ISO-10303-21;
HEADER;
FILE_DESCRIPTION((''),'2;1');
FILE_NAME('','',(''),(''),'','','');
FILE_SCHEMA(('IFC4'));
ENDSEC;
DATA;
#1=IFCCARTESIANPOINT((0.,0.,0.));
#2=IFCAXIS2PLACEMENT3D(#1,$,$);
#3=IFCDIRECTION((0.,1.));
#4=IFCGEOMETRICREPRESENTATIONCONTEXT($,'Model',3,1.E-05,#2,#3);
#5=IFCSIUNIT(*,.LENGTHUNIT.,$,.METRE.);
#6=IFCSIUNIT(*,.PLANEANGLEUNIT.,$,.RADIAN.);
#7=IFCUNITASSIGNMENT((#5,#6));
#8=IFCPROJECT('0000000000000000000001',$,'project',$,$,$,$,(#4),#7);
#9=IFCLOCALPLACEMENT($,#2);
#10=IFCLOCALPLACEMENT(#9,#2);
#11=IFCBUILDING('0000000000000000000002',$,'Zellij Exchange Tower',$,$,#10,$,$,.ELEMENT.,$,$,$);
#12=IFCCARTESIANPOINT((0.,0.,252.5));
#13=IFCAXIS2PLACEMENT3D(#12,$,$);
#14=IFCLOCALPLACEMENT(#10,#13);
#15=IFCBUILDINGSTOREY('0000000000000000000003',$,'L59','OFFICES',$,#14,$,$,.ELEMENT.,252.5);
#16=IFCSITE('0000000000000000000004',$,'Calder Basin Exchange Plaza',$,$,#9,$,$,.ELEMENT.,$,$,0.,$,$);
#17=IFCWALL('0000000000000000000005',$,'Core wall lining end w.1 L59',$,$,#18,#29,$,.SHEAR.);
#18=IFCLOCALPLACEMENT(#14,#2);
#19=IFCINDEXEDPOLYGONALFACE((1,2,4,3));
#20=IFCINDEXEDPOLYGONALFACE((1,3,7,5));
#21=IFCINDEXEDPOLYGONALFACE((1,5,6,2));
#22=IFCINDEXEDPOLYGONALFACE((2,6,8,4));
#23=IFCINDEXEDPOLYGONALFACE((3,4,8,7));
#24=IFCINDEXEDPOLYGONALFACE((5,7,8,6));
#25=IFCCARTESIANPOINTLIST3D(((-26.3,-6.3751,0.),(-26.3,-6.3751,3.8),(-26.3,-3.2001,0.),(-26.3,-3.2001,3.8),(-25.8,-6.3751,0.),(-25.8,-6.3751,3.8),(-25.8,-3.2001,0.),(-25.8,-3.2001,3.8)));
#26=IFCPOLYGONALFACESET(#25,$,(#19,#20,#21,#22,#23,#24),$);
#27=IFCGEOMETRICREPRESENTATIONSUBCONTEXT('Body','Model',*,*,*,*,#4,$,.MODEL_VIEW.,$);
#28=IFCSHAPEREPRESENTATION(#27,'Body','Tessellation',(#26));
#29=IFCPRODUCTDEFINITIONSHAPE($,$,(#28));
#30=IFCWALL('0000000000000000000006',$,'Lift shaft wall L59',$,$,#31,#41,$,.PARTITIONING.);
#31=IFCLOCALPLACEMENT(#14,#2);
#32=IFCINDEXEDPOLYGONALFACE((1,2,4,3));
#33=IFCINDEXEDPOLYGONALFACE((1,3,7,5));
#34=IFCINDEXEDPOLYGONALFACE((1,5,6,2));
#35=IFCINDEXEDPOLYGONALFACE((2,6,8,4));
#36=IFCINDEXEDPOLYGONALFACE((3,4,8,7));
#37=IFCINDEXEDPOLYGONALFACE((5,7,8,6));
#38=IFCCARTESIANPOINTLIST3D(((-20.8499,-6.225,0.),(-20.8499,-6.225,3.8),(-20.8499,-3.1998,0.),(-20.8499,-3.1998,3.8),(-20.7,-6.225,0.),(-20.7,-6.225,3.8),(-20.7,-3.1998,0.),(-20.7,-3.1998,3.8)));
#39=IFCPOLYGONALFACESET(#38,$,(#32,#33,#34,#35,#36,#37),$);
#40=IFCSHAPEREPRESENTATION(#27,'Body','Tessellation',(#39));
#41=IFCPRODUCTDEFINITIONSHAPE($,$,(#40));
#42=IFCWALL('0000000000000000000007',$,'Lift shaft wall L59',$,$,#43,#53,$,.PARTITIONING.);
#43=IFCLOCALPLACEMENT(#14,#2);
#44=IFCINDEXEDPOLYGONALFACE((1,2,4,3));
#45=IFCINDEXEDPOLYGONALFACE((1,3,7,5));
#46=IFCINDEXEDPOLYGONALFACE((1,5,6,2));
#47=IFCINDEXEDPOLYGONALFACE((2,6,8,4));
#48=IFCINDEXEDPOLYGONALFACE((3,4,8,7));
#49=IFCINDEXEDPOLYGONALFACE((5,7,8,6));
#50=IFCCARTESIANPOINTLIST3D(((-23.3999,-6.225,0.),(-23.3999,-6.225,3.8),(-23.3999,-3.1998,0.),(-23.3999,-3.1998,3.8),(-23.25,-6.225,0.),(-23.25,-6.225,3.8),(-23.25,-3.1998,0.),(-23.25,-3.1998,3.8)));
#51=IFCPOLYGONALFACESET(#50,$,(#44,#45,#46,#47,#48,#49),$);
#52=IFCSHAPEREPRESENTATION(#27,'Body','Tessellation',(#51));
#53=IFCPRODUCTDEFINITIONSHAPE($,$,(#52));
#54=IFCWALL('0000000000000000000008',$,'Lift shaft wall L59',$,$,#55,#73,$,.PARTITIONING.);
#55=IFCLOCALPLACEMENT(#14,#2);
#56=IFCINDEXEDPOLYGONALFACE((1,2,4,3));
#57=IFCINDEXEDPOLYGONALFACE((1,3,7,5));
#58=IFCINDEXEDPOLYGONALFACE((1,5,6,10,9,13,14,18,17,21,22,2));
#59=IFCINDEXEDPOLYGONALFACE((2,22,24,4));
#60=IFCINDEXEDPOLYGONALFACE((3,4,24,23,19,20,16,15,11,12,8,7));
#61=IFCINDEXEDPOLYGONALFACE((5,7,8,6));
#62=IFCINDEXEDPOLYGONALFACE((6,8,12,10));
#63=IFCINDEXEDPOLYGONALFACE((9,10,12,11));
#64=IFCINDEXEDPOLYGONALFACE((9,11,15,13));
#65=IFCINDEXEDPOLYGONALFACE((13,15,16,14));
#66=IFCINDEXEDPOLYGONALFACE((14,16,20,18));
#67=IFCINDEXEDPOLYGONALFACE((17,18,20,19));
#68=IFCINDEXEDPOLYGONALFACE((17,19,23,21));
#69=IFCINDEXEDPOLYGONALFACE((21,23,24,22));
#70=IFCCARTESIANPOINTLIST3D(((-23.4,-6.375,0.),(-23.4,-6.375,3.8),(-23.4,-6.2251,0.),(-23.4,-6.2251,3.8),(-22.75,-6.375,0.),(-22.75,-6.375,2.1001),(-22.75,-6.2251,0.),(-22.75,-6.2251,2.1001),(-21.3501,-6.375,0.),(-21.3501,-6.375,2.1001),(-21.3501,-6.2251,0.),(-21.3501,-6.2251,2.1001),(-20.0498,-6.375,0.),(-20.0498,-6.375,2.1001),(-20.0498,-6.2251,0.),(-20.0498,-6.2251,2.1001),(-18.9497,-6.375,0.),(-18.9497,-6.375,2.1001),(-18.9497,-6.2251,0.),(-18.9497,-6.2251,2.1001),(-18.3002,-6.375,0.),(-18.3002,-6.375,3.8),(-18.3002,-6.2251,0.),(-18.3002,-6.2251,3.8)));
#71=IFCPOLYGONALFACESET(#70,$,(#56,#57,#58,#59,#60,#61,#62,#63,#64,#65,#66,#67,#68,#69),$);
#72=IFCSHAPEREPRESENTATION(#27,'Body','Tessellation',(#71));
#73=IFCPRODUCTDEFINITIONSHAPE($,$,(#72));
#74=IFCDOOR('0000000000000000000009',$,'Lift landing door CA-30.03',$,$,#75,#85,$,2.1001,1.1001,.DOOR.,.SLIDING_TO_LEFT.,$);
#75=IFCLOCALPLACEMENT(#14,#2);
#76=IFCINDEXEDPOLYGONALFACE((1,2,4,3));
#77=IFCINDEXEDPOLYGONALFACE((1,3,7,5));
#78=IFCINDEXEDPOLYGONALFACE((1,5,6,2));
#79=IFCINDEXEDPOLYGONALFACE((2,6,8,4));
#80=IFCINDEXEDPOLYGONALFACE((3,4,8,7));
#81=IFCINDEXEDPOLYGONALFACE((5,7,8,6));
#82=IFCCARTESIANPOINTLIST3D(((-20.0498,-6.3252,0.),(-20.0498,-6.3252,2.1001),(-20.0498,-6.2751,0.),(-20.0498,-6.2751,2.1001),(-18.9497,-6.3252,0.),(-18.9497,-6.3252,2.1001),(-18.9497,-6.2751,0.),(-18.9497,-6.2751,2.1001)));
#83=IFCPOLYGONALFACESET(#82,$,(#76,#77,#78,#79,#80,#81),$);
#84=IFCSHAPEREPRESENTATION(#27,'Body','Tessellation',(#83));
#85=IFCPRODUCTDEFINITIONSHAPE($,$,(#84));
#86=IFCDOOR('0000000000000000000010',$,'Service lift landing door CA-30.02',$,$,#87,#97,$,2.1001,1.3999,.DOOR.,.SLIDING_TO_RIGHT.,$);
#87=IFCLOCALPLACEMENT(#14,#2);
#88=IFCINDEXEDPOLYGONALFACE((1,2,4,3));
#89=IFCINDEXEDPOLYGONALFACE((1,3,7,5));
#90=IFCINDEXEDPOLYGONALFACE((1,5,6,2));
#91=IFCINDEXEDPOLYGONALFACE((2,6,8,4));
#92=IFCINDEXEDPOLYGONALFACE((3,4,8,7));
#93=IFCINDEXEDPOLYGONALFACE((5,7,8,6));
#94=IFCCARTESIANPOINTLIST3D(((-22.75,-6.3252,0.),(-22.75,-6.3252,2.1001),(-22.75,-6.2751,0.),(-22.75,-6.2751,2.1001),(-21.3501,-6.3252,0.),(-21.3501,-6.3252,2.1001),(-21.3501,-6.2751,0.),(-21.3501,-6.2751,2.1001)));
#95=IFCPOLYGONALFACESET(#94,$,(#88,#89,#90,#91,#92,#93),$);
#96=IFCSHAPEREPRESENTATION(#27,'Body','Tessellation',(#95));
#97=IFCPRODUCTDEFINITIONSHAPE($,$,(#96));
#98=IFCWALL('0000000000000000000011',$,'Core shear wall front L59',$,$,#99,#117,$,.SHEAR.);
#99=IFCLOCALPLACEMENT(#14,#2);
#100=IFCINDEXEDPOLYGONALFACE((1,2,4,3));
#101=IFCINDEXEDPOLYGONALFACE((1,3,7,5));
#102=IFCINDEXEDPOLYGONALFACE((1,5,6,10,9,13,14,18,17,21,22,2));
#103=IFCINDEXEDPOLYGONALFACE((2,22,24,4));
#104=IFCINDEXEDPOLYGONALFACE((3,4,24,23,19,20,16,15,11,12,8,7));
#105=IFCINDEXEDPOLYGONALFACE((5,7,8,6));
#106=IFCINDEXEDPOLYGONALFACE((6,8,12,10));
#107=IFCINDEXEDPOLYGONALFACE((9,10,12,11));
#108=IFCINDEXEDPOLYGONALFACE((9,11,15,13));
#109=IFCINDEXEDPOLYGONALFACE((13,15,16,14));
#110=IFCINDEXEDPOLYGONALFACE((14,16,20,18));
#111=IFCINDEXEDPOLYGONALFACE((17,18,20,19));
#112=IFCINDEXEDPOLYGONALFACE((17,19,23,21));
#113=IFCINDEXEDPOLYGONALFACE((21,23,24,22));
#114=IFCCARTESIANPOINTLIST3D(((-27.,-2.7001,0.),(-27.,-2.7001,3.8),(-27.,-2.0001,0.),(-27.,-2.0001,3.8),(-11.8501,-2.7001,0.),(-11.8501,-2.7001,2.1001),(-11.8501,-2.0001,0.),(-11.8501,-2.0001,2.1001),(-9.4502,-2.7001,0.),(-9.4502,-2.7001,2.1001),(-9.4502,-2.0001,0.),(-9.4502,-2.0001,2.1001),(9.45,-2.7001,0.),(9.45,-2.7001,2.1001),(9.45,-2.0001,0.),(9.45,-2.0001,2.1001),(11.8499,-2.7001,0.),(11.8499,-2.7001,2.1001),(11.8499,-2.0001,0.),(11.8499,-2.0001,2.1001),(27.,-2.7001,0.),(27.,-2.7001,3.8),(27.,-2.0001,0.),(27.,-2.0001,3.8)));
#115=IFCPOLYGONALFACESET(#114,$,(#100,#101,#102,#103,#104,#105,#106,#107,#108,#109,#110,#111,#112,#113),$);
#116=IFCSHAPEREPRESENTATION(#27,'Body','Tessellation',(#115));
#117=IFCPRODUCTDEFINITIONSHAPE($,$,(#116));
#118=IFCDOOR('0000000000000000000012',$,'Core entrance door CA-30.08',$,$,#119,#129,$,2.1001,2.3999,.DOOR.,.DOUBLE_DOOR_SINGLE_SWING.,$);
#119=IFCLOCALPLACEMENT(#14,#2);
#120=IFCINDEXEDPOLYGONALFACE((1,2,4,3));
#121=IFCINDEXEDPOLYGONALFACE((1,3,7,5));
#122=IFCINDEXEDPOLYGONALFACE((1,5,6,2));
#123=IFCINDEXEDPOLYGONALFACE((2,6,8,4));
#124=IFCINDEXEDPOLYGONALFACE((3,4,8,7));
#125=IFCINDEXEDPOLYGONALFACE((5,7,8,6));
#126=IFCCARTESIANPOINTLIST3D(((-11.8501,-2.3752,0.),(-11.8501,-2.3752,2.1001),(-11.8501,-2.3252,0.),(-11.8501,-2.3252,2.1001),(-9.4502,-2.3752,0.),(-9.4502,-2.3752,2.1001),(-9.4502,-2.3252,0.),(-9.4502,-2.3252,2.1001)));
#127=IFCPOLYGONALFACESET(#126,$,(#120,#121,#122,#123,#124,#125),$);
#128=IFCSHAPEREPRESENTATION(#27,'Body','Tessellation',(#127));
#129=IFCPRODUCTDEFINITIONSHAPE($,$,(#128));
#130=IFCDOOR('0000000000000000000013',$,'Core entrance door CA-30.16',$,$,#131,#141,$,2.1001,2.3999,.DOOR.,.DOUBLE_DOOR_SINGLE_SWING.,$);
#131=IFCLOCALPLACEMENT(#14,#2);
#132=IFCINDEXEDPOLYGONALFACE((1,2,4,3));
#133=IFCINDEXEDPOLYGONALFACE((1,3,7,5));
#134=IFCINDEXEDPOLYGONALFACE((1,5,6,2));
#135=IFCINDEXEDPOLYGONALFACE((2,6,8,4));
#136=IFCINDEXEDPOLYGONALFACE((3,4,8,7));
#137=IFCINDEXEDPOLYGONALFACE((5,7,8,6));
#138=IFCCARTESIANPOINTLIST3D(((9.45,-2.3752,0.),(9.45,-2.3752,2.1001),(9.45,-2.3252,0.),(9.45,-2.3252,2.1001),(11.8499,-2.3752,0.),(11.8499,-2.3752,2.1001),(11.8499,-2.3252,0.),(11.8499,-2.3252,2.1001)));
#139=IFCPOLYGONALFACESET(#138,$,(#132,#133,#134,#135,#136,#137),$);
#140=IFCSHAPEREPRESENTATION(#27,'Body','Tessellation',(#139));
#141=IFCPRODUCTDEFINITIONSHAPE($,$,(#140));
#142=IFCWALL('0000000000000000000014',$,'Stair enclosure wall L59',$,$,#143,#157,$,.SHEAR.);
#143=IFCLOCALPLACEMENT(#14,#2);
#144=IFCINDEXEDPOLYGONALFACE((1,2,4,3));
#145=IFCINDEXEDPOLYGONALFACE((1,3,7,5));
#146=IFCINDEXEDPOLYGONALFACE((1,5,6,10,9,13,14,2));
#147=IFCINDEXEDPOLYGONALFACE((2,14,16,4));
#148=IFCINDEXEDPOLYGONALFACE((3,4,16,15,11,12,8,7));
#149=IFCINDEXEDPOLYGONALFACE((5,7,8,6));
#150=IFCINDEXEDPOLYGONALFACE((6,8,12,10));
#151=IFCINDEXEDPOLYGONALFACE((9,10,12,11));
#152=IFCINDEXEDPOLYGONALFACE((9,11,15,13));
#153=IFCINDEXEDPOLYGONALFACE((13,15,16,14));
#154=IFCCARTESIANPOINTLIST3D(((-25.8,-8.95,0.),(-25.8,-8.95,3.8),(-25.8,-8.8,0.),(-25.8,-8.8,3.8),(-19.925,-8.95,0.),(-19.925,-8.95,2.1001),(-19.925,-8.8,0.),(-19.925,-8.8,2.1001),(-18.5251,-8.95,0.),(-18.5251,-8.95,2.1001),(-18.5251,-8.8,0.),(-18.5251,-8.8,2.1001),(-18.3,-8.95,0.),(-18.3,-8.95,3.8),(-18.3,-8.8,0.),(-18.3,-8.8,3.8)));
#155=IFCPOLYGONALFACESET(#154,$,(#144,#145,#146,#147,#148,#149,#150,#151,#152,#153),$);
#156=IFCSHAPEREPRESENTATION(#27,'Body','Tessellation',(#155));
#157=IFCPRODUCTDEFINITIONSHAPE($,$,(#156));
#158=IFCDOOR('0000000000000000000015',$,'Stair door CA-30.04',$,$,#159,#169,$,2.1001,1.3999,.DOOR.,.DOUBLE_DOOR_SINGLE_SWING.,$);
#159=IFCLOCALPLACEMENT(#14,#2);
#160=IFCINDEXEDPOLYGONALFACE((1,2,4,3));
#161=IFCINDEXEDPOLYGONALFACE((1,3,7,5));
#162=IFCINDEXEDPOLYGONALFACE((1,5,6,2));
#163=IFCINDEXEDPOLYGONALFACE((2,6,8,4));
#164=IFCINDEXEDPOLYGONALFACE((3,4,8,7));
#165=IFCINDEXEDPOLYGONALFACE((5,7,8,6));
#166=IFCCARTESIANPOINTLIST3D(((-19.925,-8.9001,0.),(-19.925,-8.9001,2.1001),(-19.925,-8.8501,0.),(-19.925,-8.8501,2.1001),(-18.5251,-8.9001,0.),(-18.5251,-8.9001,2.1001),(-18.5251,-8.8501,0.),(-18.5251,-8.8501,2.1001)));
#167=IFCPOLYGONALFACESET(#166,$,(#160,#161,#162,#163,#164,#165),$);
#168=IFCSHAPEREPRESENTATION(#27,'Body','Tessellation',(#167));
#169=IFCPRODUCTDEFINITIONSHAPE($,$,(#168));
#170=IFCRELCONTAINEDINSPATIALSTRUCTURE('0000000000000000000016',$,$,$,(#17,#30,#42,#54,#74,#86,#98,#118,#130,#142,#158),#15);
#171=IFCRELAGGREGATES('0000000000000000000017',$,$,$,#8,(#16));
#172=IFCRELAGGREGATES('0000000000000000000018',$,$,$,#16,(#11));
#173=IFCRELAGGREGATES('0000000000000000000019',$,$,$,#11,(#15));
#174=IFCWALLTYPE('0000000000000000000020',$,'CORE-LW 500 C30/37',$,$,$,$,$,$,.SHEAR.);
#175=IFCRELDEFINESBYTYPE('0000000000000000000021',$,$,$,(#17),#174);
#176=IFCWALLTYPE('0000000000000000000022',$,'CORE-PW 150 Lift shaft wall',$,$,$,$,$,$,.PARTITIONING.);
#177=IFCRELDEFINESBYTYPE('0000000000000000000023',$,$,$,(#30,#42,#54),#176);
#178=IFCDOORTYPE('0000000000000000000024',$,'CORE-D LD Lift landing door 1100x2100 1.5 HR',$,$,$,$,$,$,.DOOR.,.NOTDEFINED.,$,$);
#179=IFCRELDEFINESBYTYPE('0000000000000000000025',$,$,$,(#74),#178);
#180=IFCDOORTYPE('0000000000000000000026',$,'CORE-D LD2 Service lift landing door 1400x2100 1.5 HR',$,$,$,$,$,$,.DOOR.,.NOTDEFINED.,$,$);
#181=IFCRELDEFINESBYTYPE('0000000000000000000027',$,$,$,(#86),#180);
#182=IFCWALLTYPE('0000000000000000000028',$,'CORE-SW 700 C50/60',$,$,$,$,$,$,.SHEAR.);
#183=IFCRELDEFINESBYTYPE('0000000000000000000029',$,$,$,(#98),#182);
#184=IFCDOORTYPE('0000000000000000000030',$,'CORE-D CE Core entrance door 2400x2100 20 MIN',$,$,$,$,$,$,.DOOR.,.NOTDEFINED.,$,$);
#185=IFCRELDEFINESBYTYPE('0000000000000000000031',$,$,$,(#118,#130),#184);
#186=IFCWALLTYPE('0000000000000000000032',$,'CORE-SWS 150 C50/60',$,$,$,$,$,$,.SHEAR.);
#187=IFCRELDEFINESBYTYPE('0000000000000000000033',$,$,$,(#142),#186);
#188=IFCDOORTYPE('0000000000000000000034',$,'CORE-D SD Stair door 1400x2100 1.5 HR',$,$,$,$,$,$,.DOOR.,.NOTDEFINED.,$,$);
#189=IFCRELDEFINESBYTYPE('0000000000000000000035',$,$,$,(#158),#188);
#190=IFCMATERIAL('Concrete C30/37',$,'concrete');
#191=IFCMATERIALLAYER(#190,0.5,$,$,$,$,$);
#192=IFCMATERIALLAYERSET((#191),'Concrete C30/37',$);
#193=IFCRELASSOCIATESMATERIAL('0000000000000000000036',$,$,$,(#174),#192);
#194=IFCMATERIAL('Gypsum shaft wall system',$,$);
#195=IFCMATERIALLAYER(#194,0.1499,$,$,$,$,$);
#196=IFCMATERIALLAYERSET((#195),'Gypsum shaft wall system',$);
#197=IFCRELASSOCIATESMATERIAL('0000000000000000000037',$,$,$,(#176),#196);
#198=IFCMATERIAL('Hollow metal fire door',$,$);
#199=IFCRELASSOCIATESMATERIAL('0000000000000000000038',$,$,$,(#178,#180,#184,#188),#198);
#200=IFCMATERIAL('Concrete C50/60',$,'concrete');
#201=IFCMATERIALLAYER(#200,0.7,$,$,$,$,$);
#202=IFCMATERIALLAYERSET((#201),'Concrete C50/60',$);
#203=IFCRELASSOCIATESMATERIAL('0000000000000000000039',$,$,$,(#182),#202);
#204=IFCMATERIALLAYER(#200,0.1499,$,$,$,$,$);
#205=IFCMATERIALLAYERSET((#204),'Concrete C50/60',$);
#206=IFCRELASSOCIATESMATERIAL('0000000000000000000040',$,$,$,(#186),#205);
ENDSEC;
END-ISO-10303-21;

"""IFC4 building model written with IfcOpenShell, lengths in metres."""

from ifc_helpers import new_model, si_unit, direction, frame, frame_2d, origin, place, context, subcontext, project, spatial, rectangle, extrude, material, layer, layer_set, type_object, element, fill, save


model = new_model("IFC4")

# Units and contexts
model_context = context("Model", 3, precision=1e-05, world=origin(), true_north=direction((0.0, 1.0)))
body_context = subcontext(model_context, "Body", "Model", "MODEL_VIEW")
ifc_project = project(units=[si_unit("LENGTHUNIT", "METRE"), si_unit("PLANEANGLEUNIT", "RADIAN")], contexts=[model_context])

# Site, building, storey
site_placement = place(None, origin())
site = spatial("IfcSite", under=ifc_project, at=site_placement, Name="Calder Basin Exchange Plaza", CompositionType="ELEMENT", RefElevation=0.0)
building_placement = place(site_placement, origin())
building = spatial("IfcBuilding", under=site, at=building_placement, Name="Zellij Exchange Tower", CompositionType="ELEMENT")
storey_placement = place(building_placement, frame((0.0, 0.0, 252.5)))
storey = spatial("IfcBuildingStorey", under=building, at=storey_placement, Name="L59", Description="OFFICES", CompositionType="ELEMENT", Elevation=252.5)

# Shared definitions
ifc_material_1 = material(Name="Concrete C50/60", Category="concrete")

# Walls
ifc_material_2 = material(Name="Concrete C30/37", Category="concrete")
ifc_layer_1 = layer(ifc_material_2, 0.5)
ifc_layer_set_1 = layer_set([ifc_layer_1], Name="Concrete C30/37")
wall_type_1 = type_object("IfcWallType", Name="CORE-LW 500 C30/37", PredefinedType="SHEAR", material=ifc_layer_set_1)
wall_1_placement = place(storey_placement, frame((-26.05, -6.375, 0.0), z_axis=(0.0, 0.0, 1.0), x_axis=(0.0, 1.0, 0.0)))
element("IfcWall", 1, at=wall_1_placement, inside=storey, type_object=wall_type_1, Name="Core wall lining end w.1 L59", PredefinedType="SHEAR", context=body_context, shape_type="SweptSolid", body=[
    extrude(rectangle(XDim=3.175, YDim=0.5, at=frame_2d((1.5874, 0.0))), origin(), (0.0, 0.0, 1.0), 3.8),
])
ifc_material_3 = material(Name="Gypsum shaft wall system")
ifc_layer_2 = layer(ifc_material_3, 0.1499)
ifc_layer_set_2 = layer_set([ifc_layer_2], Name="Gypsum shaft wall system")
wall_type_2 = type_object("IfcWallType", Name="CORE-PW 150 Lift shaft wall", PredefinedType="PARTITIONING", material=ifc_layer_set_2)
for number, where, z_axis, x_axis, name in (
    (2, (-20.7749, -6.2251, 0.0), (0.0, 0.0, 1.0), (0.0, 1.0, 0.0), "Lift shaft wall L59"),
    (3, (-23.325, -6.2251, 0.0), (0.0, 0.0, 1.0), (0.0, 1.0, 0.0), "Lift shaft wall L59"),
):
    element("IfcWall", number, at=place(storey_placement, frame(where, z_axis=z_axis, x_axis=x_axis)), inside=storey, type_object=wall_type_2, Name=name, PredefinedType="PARTITIONING", context=body_context, shape_type="SweptSolid", body=[
        extrude(rectangle(XDim=3.0251, YDim=0.1499, at=frame_2d((1.5127, 0.0))), origin(), (0.0, 0.0, 1.0), 3.8),
    ])

# Walls, openings, doors
wall_2_placement = place(storey_placement, frame((-23.3999, -6.3, 0.0), z_axis=(0.0, 0.0, 1.0), x_axis=(1.0, 0.0, 0.0)))
wall_2 = element("IfcWall", 4, at=wall_2_placement, inside=storey, type_object=wall_type_2, Name="Lift shaft wall L59", PredefinedType="PARTITIONING", context=body_context, shape_type="SweptSolid", body=[
    extrude(rectangle(XDim=5.0999, YDim=0.1499, at=frame_2d((2.5498, 0.0))), origin(), (0.0, 0.0, 1.0), 3.8),
])
opening_1_placement = place(wall_2_placement, frame((0.6499, 0.0, 0.0)))
opening_1 = element("IfcOpeningElement", 5, at=opening_1_placement, cuts=wall_2, PredefinedType="OPENING", context=body_context, shape_type="SweptSolid", body=[
    extrude(rectangle(XDim=1.3999, YDim=2.1001, at=frame_2d((0.7, 1.05))), frame((0.0, 0.0869, 0.0), z_axis=(0.0, -1.0, 0.0), x_axis=(1.0, 0.0, 0.0)), (0.0, 0.0, 1.0), 0.1738),
])
opening_2_placement = place(wall_2_placement, frame((3.3501, 0.0, 0.0)))
opening_2 = element("IfcOpeningElement", 6, at=opening_2_placement, cuts=wall_2, PredefinedType="OPENING", context=body_context, shape_type="SweptSolid", body=[
    extrude(rectangle(XDim=1.1001, YDim=2.1001, at=frame_2d((0.55, 1.05))), frame((0.0, 0.0869, 0.0), z_axis=(0.0, -1.0, 0.0), x_axis=(1.0, 0.0, 0.0)), (0.0, 0.0, 1.0), 0.1738),
])
ifc_material_4 = material(Name="Hollow metal fire door")
door_type_1 = type_object("IfcDoorType", Name="CORE-D LD Lift landing door 1100x2100 1.5 HR", OperationType="NOTDEFINED", PredefinedType="DOOR", material=ifc_material_4)
door_1_placement = place(opening_2_placement, origin())
door_1 = element("IfcDoor", 7, at=door_1_placement, inside=storey, type_object=door_type_1, Name="Lift landing door CA-30.03", OperationType="SLIDING_TO_LEFT", OverallHeight=2.1001, OverallWidth=1.1001, PredefinedType="DOOR", context=body_context, shape_type="SweptSolid", body=[
    extrude(rectangle(XDim=1.1001, YDim=2.1001, at=frame_2d((0.55, 1.05))), frame((0.0, 0.0249, 0.0), z_axis=(0.0, -1.0, 0.0), x_axis=(1.0, 0.0, 0.0)), (0.0, 0.0, 1.0), 0.05),
])
fill(opening_2, door_1)
door_type_2 = type_object("IfcDoorType", Name="CORE-D LD2 Service lift landing door 1400x2100 1.5 HR", OperationType="NOTDEFINED", PredefinedType="DOOR", material=ifc_material_4)
door_2_placement = place(opening_1_placement, origin())
door_2 = element("IfcDoor", 8, at=door_2_placement, inside=storey, type_object=door_type_2, Name="Service lift landing door CA-30.02", OperationType="SLIDING_TO_RIGHT", OverallHeight=2.1001, OverallWidth=1.3999, PredefinedType="DOOR", context=body_context, shape_type="SweptSolid", body=[
    extrude(rectangle(XDim=1.3999, YDim=2.1001, at=frame_2d((0.7, 1.05))), frame((0.0, 0.0249, 0.0), z_axis=(0.0, -1.0, 0.0), x_axis=(1.0, 0.0, 0.0)), (0.0, 0.0, 1.0), 0.05),
])
fill(opening_1, door_2)
ifc_layer_3 = layer(ifc_material_1, 0.7)
ifc_layer_set_3 = layer_set([ifc_layer_3], Name="Concrete C50/60")
wall_type_3 = type_object("IfcWallType", Name="CORE-SW 700 C50/60", PredefinedType="SHEAR", material=ifc_layer_set_3)
wall_3_placement = place(storey_placement, frame((-27.0, -2.3501, 0.0), z_axis=(0.0, 0.0, 1.0), x_axis=(1.0, 0.0, 0.0)))
wall_3 = element("IfcWall", 9, at=wall_3_placement, inside=storey, type_object=wall_type_3, Name="Core shear wall front L59", PredefinedType="SHEAR", context=body_context, shape_type="SweptSolid", body=[
    extrude(rectangle(XDim=54.0, YDim=0.7, at=frame_2d((27.0, 0.0))), origin(), (0.0, 0.0, 1.0), 3.8),
])
opening_3_placement = place(wall_3_placement, frame((15.1499, 0.0, 0.0)))
opening_3 = element("IfcOpeningElement", 10, at=opening_3_placement, cuts=wall_3, PredefinedType="OPENING", context=body_context, shape_type="SweptSolid", body=[
    extrude(rectangle(XDim=2.3999, YDim=2.1001, at=frame_2d((1.2, 1.05))), frame((0.0, 0.3618, 0.0), z_axis=(0.0, -1.0, 0.0), x_axis=(1.0, 0.0, 0.0)), (0.0, 0.0, 1.0), 0.7239),
])
opening_4_placement = place(wall_3_placement, frame((36.45, 0.0, 0.0)))
opening_4 = element("IfcOpeningElement", 11, at=opening_4_placement, cuts=wall_3, PredefinedType="OPENING", context=body_context, shape_type="SweptSolid", body=[
    extrude(rectangle(XDim=2.3999, YDim=2.1001, at=frame_2d((1.2, 1.05))), frame((0.0, 0.3618, 0.0), z_axis=(0.0, -1.0, 0.0), x_axis=(1.0, 0.0, 0.0)), (0.0, 0.0, 1.0), 0.7239),
])
door_type_3 = type_object("IfcDoorType", Name="CORE-D CE Core entrance door 2400x2100 20 MIN", OperationType="NOTDEFINED", PredefinedType="DOOR", material=ifc_material_4)
door_3_placement = place(opening_3_placement, origin())
door_3 = element("IfcDoor", 12, at=door_3_placement, inside=storey, type_object=door_type_3, Name="Core entrance door CA-30.08", OperationType="DOUBLE_DOOR_SINGLE_SWING", OverallHeight=2.1001, OverallWidth=2.3999, PredefinedType="DOOR", context=body_context, shape_type="SweptSolid", body=[
    extrude(rectangle(XDim=2.3999, YDim=2.1001, at=frame_2d((1.2, 1.05))), frame((0.0, 0.0249, 0.0), z_axis=(0.0, -1.0, 0.0), x_axis=(1.0, 0.0, 0.0)), (0.0, 0.0, 1.0), 0.05),
])
fill(opening_3, door_3)
door_4_placement = place(opening_4_placement, origin())
door_4 = element("IfcDoor", 13, at=door_4_placement, inside=storey, type_object=door_type_3, Name="Core entrance door CA-30.16", OperationType="DOUBLE_DOOR_SINGLE_SWING", OverallHeight=2.1001, OverallWidth=2.3999, PredefinedType="DOOR", context=body_context, shape_type="SweptSolid", body=[
    extrude(rectangle(XDim=2.3999, YDim=2.1001, at=frame_2d((1.2, 1.05))), frame((0.0, 0.0249, 0.0), z_axis=(0.0, -1.0, 0.0), x_axis=(1.0, 0.0, 0.0)), (0.0, 0.0, 1.0), 0.05),
])
fill(opening_4, door_4)

# Wall, opening, door
ifc_layer_4 = layer(ifc_material_1, 0.1499)
ifc_layer_set_4 = layer_set([ifc_layer_4], Name="Concrete C50/60")
wall_type_4 = type_object("IfcWallType", Name="CORE-SWS 150 C50/60", PredefinedType="SHEAR", material=ifc_layer_set_4)
wall_4_placement = place(storey_placement, frame((-25.8, -8.875, 0.0), z_axis=(0.0, 0.0, 1.0), x_axis=(1.0, 0.0, 0.0)))
wall_4 = element("IfcWall", 14, at=wall_4_placement, inside=storey, type_object=wall_type_4, Name="Stair enclosure wall L59", PredefinedType="SHEAR", context=body_context, shape_type="SweptSolid", body=[
    extrude(rectangle(XDim=7.5, YDim=0.1499, at=frame_2d((3.75, 0.0))), origin(), (0.0, 0.0, 1.0), 3.8),
])
opening_5_placement = place(wall_4_placement, frame((5.875, 0.0, 0.0)))
opening_5 = element("IfcOpeningElement", 15, at=opening_5_placement, cuts=wall_4, PredefinedType="OPENING", context=body_context, shape_type="SweptSolid", body=[
    extrude(rectangle(XDim=1.3999, YDim=2.1001, at=frame_2d((0.7, 1.05))), frame((0.0, 0.0869, 0.0), z_axis=(0.0, -1.0, 0.0), x_axis=(1.0, 0.0, 0.0)), (0.0, 0.0, 1.0), 0.1738),
])
door_type_4 = type_object("IfcDoorType", Name="CORE-D SD Stair door 1400x2100 1.5 HR", OperationType="NOTDEFINED", PredefinedType="DOOR", material=ifc_material_4)
door_5_placement = place(opening_5_placement, origin())
door_5 = element("IfcDoor", 16, at=door_5_placement, inside=storey, type_object=door_type_4, Name="Stair door CA-30.04", OperationType="DOUBLE_DOOR_SINGLE_SWING", OverallHeight=2.1001, OverallWidth=1.3999, PredefinedType="DOOR", context=body_context, shape_type="SweptSolid", body=[
    extrude(rectangle(XDim=1.3999, YDim=2.1001, at=frame_2d((0.7, 1.05))), frame((0.0, 0.0249, 0.0), z_axis=(0.0, -1.0, 0.0), x_axis=(1.0, 0.0, 0.0)), (0.0, 0.0, 1.0), 0.05),
])
fill(opening_5, door_5)

save(model, "model.ifc")
